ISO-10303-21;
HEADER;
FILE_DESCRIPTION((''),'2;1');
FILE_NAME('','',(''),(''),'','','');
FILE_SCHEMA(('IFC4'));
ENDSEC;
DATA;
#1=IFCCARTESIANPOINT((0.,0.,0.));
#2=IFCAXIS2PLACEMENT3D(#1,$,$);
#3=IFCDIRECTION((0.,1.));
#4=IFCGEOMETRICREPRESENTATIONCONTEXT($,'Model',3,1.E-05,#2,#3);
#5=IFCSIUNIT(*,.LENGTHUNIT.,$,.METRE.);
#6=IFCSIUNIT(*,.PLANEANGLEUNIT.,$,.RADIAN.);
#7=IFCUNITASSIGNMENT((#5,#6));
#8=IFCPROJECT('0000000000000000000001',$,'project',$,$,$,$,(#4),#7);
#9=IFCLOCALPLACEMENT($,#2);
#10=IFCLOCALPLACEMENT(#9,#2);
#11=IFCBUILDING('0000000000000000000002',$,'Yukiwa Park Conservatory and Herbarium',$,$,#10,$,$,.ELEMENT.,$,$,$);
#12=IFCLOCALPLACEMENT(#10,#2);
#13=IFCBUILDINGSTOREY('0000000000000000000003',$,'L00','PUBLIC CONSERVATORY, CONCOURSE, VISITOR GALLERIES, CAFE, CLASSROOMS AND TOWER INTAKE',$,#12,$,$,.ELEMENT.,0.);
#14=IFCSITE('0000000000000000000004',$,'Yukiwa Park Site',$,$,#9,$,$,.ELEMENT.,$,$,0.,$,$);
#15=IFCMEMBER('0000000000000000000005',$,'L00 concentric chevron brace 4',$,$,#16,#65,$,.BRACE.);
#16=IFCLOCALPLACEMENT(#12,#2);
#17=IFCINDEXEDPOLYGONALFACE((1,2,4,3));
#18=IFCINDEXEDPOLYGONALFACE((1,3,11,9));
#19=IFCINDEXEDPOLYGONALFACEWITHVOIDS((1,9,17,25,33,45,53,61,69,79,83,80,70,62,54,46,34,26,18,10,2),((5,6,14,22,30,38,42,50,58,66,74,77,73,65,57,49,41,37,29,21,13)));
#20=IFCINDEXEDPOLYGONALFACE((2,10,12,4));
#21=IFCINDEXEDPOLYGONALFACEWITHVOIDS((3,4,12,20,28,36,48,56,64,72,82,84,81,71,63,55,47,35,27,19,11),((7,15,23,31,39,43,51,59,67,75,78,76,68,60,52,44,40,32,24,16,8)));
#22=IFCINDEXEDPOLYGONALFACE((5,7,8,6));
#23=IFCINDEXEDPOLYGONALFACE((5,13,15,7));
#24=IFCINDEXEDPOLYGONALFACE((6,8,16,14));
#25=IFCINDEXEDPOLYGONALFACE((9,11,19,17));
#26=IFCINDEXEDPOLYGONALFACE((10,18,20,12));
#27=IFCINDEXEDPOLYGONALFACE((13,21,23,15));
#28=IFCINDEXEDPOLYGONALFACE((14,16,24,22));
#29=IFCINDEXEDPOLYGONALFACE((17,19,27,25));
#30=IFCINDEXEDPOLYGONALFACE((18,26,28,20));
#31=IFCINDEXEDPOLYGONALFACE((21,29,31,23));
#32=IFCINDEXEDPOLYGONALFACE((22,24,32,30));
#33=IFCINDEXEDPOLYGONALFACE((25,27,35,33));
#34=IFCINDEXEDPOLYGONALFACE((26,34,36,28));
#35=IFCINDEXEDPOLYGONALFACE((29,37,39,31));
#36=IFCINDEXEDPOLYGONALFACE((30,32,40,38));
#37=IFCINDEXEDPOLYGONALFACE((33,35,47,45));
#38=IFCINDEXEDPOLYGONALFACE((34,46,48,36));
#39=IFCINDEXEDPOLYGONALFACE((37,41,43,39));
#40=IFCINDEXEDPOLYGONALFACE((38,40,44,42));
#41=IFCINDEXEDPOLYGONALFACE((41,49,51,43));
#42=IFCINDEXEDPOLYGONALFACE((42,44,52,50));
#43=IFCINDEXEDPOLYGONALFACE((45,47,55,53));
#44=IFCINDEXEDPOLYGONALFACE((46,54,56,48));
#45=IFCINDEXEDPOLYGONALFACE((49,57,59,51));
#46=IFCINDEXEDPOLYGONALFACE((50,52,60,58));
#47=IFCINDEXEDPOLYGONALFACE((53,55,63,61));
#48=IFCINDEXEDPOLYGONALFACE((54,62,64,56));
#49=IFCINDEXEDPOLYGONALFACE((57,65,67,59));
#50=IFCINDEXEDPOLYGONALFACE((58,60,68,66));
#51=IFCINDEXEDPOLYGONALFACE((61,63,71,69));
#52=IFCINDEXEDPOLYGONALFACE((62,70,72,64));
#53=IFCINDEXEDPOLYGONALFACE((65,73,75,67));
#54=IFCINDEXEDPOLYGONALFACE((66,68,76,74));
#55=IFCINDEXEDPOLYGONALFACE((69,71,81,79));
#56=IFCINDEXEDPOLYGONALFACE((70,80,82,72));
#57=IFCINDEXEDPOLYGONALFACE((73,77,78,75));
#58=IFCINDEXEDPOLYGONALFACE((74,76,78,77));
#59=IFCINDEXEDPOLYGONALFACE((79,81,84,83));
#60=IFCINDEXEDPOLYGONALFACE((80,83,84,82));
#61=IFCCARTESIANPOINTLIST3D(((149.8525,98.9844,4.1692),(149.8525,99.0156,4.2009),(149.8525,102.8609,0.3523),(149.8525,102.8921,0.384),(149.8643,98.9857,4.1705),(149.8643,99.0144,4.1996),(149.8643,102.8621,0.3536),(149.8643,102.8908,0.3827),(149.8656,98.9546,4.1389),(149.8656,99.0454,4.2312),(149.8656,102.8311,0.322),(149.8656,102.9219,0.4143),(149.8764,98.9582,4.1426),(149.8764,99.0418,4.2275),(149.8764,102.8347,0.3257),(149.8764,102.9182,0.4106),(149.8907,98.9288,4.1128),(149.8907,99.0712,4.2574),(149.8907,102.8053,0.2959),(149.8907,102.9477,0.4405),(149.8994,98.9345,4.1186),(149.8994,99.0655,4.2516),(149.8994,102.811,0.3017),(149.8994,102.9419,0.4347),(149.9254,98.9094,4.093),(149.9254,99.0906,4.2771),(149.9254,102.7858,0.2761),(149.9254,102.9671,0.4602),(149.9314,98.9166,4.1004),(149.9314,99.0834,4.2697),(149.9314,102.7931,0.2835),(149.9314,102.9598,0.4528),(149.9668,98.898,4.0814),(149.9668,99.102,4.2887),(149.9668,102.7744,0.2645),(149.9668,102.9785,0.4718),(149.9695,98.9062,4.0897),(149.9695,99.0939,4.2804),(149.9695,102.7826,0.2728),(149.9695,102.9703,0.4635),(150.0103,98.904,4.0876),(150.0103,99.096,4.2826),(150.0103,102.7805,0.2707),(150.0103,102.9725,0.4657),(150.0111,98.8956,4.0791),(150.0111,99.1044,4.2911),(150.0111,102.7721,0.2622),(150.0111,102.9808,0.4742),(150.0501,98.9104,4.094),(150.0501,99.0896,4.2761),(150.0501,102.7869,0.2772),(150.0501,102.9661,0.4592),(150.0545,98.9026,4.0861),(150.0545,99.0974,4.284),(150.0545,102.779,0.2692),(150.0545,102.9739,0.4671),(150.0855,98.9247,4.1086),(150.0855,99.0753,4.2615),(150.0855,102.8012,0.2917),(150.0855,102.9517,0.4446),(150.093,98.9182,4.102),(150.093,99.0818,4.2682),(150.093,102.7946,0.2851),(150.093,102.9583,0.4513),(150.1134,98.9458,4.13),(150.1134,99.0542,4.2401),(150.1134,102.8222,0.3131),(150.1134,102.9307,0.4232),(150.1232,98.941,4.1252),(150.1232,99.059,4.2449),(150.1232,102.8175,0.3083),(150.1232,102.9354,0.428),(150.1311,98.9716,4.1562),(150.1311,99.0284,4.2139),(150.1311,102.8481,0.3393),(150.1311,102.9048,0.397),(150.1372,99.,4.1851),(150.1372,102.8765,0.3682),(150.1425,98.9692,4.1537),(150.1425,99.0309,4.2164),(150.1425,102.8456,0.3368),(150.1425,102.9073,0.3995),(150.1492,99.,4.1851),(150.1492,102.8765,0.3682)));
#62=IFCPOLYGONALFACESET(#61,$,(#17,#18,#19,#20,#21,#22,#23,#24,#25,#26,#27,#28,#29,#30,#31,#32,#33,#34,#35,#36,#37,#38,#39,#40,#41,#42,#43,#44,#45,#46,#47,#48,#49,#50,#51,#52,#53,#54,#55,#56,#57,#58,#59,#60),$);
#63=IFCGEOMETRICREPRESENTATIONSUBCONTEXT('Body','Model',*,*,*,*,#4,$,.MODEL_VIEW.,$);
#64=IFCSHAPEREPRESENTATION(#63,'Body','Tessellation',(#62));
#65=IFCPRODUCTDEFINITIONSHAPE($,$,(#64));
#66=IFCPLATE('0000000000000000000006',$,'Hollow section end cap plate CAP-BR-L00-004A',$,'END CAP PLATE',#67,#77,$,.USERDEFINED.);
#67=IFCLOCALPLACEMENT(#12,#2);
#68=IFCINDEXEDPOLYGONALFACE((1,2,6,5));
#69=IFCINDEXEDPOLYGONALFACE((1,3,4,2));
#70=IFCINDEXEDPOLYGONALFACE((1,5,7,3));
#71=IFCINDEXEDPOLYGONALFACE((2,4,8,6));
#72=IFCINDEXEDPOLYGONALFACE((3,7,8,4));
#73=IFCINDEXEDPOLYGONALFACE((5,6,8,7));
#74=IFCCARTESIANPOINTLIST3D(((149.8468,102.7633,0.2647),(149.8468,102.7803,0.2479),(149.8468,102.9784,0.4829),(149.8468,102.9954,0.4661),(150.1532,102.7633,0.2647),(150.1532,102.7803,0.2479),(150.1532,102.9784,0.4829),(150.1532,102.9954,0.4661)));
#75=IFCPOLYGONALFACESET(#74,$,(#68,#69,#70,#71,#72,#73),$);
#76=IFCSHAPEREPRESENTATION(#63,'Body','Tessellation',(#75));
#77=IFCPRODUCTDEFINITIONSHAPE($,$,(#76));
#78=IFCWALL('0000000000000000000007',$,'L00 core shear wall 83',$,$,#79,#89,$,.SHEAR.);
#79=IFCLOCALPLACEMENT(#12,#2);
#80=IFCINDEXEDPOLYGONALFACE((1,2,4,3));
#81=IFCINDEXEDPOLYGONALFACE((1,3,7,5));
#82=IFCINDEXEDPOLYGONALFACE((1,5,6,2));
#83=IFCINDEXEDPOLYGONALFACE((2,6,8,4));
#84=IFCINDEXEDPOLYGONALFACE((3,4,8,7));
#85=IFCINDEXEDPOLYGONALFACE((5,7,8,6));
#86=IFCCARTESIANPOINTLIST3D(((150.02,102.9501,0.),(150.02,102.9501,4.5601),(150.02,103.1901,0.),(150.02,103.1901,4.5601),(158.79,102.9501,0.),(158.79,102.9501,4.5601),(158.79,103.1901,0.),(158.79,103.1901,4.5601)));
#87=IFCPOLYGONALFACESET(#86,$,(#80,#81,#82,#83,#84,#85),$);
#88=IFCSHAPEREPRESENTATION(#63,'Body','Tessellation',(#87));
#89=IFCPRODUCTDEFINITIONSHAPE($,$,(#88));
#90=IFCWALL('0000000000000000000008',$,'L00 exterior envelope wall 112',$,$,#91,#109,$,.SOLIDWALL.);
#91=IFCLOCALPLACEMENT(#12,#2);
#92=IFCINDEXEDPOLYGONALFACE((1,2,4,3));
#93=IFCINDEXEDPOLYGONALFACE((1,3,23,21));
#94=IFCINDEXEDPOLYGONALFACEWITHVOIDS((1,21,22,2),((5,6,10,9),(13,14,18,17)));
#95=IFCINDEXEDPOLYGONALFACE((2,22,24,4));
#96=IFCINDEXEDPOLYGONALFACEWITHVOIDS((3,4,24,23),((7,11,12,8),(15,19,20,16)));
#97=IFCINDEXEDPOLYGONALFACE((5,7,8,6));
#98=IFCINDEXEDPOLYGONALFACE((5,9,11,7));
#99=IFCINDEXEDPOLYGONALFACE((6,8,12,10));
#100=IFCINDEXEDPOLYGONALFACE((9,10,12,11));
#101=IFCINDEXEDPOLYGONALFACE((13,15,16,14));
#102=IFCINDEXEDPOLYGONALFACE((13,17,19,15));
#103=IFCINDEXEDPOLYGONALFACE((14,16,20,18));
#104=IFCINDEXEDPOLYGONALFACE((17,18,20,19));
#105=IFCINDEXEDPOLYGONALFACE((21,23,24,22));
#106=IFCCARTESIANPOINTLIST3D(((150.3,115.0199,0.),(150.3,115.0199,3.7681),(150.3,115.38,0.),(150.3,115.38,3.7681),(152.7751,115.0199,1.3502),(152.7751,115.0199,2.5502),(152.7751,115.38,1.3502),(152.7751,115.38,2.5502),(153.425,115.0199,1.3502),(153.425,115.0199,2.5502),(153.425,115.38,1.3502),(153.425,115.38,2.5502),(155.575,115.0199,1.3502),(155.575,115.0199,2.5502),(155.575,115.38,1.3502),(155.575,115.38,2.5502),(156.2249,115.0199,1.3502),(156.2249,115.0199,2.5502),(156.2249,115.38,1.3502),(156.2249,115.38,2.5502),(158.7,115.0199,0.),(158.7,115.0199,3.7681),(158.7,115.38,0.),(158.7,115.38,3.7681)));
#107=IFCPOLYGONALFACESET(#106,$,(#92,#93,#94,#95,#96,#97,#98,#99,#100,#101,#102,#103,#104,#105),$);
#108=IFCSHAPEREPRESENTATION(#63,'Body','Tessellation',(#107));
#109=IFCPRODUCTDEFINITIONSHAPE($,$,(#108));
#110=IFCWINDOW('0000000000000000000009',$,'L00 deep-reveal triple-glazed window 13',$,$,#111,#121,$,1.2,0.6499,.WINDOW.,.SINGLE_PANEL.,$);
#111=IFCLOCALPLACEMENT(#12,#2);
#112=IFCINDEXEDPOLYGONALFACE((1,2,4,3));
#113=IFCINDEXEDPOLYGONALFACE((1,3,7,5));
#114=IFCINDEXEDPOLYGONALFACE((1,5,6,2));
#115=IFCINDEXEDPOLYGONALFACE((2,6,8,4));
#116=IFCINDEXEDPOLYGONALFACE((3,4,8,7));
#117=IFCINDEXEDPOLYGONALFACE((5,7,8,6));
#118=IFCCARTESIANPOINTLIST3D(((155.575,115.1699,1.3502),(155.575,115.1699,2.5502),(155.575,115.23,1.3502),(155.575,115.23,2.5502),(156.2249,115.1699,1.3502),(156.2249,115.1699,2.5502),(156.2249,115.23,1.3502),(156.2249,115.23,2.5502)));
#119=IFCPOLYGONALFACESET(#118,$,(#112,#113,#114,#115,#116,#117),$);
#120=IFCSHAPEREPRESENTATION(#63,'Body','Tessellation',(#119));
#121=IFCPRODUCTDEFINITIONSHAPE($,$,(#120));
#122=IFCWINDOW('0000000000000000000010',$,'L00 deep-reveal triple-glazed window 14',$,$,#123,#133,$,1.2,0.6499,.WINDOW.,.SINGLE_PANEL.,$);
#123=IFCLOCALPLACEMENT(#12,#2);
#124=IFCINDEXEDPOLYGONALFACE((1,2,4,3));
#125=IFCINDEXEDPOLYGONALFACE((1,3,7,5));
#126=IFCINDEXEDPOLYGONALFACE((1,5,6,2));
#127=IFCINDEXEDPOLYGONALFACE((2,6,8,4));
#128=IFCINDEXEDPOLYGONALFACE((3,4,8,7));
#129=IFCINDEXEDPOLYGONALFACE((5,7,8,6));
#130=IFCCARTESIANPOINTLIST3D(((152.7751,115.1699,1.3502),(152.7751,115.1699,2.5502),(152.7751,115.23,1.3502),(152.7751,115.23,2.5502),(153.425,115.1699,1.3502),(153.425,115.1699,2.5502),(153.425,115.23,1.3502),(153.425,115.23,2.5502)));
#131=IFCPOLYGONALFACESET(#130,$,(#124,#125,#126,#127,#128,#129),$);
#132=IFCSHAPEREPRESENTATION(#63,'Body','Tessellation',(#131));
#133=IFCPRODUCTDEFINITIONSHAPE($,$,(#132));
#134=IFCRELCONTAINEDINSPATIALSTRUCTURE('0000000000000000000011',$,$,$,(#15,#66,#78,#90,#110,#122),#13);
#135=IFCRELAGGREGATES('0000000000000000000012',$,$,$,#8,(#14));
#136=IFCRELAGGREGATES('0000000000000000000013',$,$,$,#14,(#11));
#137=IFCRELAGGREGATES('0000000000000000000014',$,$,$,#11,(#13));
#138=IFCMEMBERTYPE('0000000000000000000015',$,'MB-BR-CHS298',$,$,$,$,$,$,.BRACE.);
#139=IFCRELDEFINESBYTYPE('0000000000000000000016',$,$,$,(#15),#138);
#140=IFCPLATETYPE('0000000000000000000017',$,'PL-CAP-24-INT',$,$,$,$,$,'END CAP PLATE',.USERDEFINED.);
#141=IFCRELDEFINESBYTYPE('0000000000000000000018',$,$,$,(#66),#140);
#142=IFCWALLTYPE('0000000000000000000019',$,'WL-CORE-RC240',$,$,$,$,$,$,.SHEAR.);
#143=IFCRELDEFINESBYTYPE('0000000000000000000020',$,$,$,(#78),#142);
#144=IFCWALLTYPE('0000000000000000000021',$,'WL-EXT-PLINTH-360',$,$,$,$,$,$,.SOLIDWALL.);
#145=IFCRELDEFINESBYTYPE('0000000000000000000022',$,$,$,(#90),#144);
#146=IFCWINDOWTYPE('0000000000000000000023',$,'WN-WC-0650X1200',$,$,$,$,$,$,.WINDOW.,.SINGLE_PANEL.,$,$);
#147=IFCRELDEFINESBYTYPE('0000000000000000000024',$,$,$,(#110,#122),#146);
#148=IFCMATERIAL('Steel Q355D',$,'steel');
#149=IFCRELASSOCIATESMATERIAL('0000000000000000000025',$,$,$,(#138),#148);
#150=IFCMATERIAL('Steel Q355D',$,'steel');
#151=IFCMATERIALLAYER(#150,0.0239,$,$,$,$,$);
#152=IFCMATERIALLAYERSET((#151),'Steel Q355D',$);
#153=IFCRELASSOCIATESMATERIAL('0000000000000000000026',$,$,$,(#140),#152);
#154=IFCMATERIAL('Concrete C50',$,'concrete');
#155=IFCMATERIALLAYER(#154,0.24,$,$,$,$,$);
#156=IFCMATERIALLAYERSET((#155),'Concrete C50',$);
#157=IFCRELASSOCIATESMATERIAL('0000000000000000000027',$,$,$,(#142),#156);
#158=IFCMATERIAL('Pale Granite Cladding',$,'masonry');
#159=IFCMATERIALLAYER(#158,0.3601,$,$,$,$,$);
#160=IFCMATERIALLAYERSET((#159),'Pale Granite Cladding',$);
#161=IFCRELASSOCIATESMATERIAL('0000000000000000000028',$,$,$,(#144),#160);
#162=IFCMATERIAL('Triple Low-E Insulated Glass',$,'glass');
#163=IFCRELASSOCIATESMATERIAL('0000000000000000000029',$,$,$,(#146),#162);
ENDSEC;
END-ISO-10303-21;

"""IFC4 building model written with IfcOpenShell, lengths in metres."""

from ifc_helpers import new_model, si_unit, direction, frame, frame_2d, origin, origin_2d, place, context, subcontext, project, spatial, rectangle, hollow_circle, extrude, material, layer, layer_set, material_profile, profile_set, type_object, element, fill, save


model = new_model("IFC4")

# Units and contexts
model_context = context("Model", 3, precision=1e-05, world=origin(), true_north=direction((0.0, 1.0)))
body_context = subcontext(model_context, "Body", "Model", "MODEL_VIEW")
ifc_project = project(units=[si_unit("LENGTHUNIT", "METRE"), si_unit("PLANEANGLEUNIT", "RADIAN")], contexts=[model_context])

# Site, building, storey
site_placement = place(None, origin())
site = spatial("IfcSite", under=ifc_project, at=site_placement, Name="Yukiwa Park Site", CompositionType="ELEMENT", RefElevation=0.0)
building_placement = place(site_placement, origin())
building = spatial("IfcBuilding", under=site, at=building_placement, Name="Yukiwa Park Conservatory and Herbarium", CompositionType="ELEMENT")
storey_placement = place(building_placement, origin())
storey = spatial("IfcBuildingStorey", under=building, at=storey_placement, Name="L00", Description="PUBLIC CONSERVATORY, CONCOURSE, VISITOR GALLERIES, CAFE, CLASSROOMS AND TOWER INTAKE", CompositionType="ELEMENT", Elevation=0.0)

# Member
ifc_material_1 = material(Name="Steel Q355D", Category="steel")
ifc_material_profile_1 = material_profile(ifc_material_1, hollow_circle(Radius=0.1492, WallThickness=0.012, at=origin_2d()), Name="CHS 298.5x12")
ifc_profile_set_1 = profile_set([ifc_material_profile_1], Name="Steel Q355D")
member_type = type_object("IfcMemberType", Name="MB-BR-CHS298", PredefinedType="BRACE", material=ifc_profile_set_1)
member_placement = place(storey_placement, frame((150.0, 102.8765, 0.3682), z_axis=(0.0, -0.712561, 0.701611), x_axis=(1.0, 0.0, 0.0)))
element("IfcMember", 1, at=member_placement, inside=storey, type_object=member_type, Name="L00 concentric chevron brace 4", PredefinedType="BRACE", context=body_context, shape_type="SweptSolid", body=[
    extrude(hollow_circle(Radius=0.1492, WallThickness=0.012, at=origin_2d()), origin(), (0.0, 0.0, 1.0), 5.4402),
])

# Plate
ifc_material_2 = material(Name="Steel Q355D", Category="steel")
ifc_layer_1 = layer(ifc_material_2, 0.0239)
ifc_layer_set_1 = layer_set([ifc_layer_1], Name="Steel Q355D")
plate_type = type_object("IfcPlateType", Name="PL-CAP-24-INT", ElementType="END CAP PLATE", PredefinedType="USERDEFINED", material=ifc_layer_set_1)
plate_placement = place(storey_placement, frame((150.0, 102.8708, 0.3738), z_axis=(0.0, 0.712175, -0.702002), x_axis=(-1.0, 0.0, 0.0)))
element("IfcPlate", 2, at=plate_placement, inside=storey, type_object=plate_type, Name="Hollow section end cap plate CAP-BR-L00-004A", ObjectType="END CAP PLATE", PredefinedType="USERDEFINED", context=body_context, shape_type="SweptSolid", body=[
    extrude(rectangle(XDim=0.3064, YDim=0.3064, at=origin_2d()), origin(), (0.0, 0.0, 1.0), 0.0239),
])

# Wall
ifc_material_3 = material(Name="Concrete C50", Category="concrete")
ifc_layer_2 = layer(ifc_material_3, 0.24)
ifc_layer_set_2 = layer_set([ifc_layer_2], Name="Concrete C50")
wall_type_1 = type_object("IfcWallType", Name="WL-CORE-RC240", PredefinedType="SHEAR", material=ifc_layer_set_2)
wall_1_placement = place(storey_placement, frame((150.02, 103.0701, 0.0), z_axis=(0.0, 0.0, 1.0), x_axis=(1.0, 0.0, 0.0)))
element("IfcWall", 3, at=wall_1_placement, inside=storey, type_object=wall_type_1, Name="L00 core shear wall 83", PredefinedType="SHEAR", context=body_context, shape_type="SweptSolid", body=[
    extrude(rectangle(XDim=8.77, YDim=0.24, at=frame_2d((4.385, 0.0))), origin(), (0.0, 0.0, 1.0), 4.5601),
])

# Wall, openings, windows
ifc_material_4 = material(Name="Pale Granite Cladding", Category="masonry")
ifc_layer_3 = layer(ifc_material_4, 0.3601)
ifc_layer_set_3 = layer_set([ifc_layer_3], Name="Pale Granite Cladding")
wall_type_2 = type_object("IfcWallType", Name="WL-EXT-PLINTH-360", PredefinedType="SOLIDWALL", material=ifc_layer_set_3)
wall_2_placement = place(storey_placement, frame((158.7, 115.2, 0.0), z_axis=(0.0, 0.0, 1.0), x_axis=(-1.0, 0.0, 0.0)))
wall_2 = element("IfcWall", 4, at=wall_2_placement, inside=storey, type_object=wall_type_2, Name="L00 exterior envelope wall 112", PredefinedType="SOLIDWALL", context=body_context, shape_type="SweptSolid", body=[
    extrude(rectangle(XDim=8.3999, YDim=0.3601, at=frame_2d((4.2, 0.0))), origin(), (0.0, 0.0, 1.0), 3.7681),
])
opening_1_placement = place(wall_2_placement, frame((2.4751, 0.0, 1.3501)))
opening_1 = element("IfcOpeningElement", 5, at=opening_1_placement, cuts=wall_2, PredefinedType="OPENING", context=body_context, shape_type="SweptSolid", body=[
    extrude(rectangle(XDim=0.6499, YDim=1.2, at=frame_2d((0.325, 0.6001))), frame((0.0, 0.1899, 0.0), z_axis=(0.0, -1.0, 0.0), x_axis=(1.0, 0.0, 0.0)), (0.0, 0.0, 1.0), 0.3801),
])
opening_2_placement = place(wall_2_placement, frame((5.2749, 0.0, 1.3501)))
opening_2 = element("IfcOpeningElement", 6, at=opening_2_placement, cuts=wall_2, PredefinedType="OPENING", context=body_context, shape_type="SweptSolid", body=[
    extrude(rectangle(XDim=0.6499, YDim=1.2, at=frame_2d((0.325, 0.6001))), frame((0.0, 0.1899, 0.0), z_axis=(0.0, -1.0, 0.0), x_axis=(1.0, 0.0, 0.0)), (0.0, 0.0, 1.0), 0.3801),
])
ifc_material_5 = material(Name="Triple Low-E Insulated Glass", Category="glass")
window_type_1 = type_object("IfcWindowType", Name="WN-WC-0650X1200", PartitioningType="SINGLE_PANEL", PredefinedType="WINDOW", material=ifc_material_5)
window_1_placement = place(opening_1_placement, origin())
window_1 = element("IfcWindow", 7, at=window_1_placement, inside=storey, type_object=window_type_1, Name="L00 deep-reveal triple-glazed window 13", OverallHeight=1.2, OverallWidth=0.6499, PartitioningType="SINGLE_PANEL", PredefinedType="WINDOW", context=body_context, shape_type="SweptSolid", body=[
    extrude(rectangle(XDim=0.6499, YDim=1.2, at=frame_2d((0.325, 0.6001))), frame((0.0, 0.03, 0.0), z_axis=(0.0, -1.0, 0.0), x_axis=(1.0, 0.0, 0.0)), (0.0, 0.0, 1.0), 0.0601),
])
fill(opening_1, window_1)
window_2_placement = place(opening_2_placement, origin())
window_2 = element("IfcWindow", 8, at=window_2_placement, inside=storey, type_object=window_type_1, Name="L00 deep-reveal triple-glazed window 14", OverallHeight=1.2, OverallWidth=0.6499, PartitioningType="SINGLE_PANEL", PredefinedType="WINDOW", context=body_context, shape_type="SweptSolid", body=[
    extrude(rectangle(XDim=0.6499, YDim=1.2, at=frame_2d((0.325, 0.6001))), frame((0.0, 0.03, 0.0), z_axis=(0.0, -1.0, 0.0), x_axis=(1.0, 0.0, 0.0)), (0.0, 0.0, 1.0), 0.0601),
])
fill(opening_2, window_2)

save(model, "model.ifc")
